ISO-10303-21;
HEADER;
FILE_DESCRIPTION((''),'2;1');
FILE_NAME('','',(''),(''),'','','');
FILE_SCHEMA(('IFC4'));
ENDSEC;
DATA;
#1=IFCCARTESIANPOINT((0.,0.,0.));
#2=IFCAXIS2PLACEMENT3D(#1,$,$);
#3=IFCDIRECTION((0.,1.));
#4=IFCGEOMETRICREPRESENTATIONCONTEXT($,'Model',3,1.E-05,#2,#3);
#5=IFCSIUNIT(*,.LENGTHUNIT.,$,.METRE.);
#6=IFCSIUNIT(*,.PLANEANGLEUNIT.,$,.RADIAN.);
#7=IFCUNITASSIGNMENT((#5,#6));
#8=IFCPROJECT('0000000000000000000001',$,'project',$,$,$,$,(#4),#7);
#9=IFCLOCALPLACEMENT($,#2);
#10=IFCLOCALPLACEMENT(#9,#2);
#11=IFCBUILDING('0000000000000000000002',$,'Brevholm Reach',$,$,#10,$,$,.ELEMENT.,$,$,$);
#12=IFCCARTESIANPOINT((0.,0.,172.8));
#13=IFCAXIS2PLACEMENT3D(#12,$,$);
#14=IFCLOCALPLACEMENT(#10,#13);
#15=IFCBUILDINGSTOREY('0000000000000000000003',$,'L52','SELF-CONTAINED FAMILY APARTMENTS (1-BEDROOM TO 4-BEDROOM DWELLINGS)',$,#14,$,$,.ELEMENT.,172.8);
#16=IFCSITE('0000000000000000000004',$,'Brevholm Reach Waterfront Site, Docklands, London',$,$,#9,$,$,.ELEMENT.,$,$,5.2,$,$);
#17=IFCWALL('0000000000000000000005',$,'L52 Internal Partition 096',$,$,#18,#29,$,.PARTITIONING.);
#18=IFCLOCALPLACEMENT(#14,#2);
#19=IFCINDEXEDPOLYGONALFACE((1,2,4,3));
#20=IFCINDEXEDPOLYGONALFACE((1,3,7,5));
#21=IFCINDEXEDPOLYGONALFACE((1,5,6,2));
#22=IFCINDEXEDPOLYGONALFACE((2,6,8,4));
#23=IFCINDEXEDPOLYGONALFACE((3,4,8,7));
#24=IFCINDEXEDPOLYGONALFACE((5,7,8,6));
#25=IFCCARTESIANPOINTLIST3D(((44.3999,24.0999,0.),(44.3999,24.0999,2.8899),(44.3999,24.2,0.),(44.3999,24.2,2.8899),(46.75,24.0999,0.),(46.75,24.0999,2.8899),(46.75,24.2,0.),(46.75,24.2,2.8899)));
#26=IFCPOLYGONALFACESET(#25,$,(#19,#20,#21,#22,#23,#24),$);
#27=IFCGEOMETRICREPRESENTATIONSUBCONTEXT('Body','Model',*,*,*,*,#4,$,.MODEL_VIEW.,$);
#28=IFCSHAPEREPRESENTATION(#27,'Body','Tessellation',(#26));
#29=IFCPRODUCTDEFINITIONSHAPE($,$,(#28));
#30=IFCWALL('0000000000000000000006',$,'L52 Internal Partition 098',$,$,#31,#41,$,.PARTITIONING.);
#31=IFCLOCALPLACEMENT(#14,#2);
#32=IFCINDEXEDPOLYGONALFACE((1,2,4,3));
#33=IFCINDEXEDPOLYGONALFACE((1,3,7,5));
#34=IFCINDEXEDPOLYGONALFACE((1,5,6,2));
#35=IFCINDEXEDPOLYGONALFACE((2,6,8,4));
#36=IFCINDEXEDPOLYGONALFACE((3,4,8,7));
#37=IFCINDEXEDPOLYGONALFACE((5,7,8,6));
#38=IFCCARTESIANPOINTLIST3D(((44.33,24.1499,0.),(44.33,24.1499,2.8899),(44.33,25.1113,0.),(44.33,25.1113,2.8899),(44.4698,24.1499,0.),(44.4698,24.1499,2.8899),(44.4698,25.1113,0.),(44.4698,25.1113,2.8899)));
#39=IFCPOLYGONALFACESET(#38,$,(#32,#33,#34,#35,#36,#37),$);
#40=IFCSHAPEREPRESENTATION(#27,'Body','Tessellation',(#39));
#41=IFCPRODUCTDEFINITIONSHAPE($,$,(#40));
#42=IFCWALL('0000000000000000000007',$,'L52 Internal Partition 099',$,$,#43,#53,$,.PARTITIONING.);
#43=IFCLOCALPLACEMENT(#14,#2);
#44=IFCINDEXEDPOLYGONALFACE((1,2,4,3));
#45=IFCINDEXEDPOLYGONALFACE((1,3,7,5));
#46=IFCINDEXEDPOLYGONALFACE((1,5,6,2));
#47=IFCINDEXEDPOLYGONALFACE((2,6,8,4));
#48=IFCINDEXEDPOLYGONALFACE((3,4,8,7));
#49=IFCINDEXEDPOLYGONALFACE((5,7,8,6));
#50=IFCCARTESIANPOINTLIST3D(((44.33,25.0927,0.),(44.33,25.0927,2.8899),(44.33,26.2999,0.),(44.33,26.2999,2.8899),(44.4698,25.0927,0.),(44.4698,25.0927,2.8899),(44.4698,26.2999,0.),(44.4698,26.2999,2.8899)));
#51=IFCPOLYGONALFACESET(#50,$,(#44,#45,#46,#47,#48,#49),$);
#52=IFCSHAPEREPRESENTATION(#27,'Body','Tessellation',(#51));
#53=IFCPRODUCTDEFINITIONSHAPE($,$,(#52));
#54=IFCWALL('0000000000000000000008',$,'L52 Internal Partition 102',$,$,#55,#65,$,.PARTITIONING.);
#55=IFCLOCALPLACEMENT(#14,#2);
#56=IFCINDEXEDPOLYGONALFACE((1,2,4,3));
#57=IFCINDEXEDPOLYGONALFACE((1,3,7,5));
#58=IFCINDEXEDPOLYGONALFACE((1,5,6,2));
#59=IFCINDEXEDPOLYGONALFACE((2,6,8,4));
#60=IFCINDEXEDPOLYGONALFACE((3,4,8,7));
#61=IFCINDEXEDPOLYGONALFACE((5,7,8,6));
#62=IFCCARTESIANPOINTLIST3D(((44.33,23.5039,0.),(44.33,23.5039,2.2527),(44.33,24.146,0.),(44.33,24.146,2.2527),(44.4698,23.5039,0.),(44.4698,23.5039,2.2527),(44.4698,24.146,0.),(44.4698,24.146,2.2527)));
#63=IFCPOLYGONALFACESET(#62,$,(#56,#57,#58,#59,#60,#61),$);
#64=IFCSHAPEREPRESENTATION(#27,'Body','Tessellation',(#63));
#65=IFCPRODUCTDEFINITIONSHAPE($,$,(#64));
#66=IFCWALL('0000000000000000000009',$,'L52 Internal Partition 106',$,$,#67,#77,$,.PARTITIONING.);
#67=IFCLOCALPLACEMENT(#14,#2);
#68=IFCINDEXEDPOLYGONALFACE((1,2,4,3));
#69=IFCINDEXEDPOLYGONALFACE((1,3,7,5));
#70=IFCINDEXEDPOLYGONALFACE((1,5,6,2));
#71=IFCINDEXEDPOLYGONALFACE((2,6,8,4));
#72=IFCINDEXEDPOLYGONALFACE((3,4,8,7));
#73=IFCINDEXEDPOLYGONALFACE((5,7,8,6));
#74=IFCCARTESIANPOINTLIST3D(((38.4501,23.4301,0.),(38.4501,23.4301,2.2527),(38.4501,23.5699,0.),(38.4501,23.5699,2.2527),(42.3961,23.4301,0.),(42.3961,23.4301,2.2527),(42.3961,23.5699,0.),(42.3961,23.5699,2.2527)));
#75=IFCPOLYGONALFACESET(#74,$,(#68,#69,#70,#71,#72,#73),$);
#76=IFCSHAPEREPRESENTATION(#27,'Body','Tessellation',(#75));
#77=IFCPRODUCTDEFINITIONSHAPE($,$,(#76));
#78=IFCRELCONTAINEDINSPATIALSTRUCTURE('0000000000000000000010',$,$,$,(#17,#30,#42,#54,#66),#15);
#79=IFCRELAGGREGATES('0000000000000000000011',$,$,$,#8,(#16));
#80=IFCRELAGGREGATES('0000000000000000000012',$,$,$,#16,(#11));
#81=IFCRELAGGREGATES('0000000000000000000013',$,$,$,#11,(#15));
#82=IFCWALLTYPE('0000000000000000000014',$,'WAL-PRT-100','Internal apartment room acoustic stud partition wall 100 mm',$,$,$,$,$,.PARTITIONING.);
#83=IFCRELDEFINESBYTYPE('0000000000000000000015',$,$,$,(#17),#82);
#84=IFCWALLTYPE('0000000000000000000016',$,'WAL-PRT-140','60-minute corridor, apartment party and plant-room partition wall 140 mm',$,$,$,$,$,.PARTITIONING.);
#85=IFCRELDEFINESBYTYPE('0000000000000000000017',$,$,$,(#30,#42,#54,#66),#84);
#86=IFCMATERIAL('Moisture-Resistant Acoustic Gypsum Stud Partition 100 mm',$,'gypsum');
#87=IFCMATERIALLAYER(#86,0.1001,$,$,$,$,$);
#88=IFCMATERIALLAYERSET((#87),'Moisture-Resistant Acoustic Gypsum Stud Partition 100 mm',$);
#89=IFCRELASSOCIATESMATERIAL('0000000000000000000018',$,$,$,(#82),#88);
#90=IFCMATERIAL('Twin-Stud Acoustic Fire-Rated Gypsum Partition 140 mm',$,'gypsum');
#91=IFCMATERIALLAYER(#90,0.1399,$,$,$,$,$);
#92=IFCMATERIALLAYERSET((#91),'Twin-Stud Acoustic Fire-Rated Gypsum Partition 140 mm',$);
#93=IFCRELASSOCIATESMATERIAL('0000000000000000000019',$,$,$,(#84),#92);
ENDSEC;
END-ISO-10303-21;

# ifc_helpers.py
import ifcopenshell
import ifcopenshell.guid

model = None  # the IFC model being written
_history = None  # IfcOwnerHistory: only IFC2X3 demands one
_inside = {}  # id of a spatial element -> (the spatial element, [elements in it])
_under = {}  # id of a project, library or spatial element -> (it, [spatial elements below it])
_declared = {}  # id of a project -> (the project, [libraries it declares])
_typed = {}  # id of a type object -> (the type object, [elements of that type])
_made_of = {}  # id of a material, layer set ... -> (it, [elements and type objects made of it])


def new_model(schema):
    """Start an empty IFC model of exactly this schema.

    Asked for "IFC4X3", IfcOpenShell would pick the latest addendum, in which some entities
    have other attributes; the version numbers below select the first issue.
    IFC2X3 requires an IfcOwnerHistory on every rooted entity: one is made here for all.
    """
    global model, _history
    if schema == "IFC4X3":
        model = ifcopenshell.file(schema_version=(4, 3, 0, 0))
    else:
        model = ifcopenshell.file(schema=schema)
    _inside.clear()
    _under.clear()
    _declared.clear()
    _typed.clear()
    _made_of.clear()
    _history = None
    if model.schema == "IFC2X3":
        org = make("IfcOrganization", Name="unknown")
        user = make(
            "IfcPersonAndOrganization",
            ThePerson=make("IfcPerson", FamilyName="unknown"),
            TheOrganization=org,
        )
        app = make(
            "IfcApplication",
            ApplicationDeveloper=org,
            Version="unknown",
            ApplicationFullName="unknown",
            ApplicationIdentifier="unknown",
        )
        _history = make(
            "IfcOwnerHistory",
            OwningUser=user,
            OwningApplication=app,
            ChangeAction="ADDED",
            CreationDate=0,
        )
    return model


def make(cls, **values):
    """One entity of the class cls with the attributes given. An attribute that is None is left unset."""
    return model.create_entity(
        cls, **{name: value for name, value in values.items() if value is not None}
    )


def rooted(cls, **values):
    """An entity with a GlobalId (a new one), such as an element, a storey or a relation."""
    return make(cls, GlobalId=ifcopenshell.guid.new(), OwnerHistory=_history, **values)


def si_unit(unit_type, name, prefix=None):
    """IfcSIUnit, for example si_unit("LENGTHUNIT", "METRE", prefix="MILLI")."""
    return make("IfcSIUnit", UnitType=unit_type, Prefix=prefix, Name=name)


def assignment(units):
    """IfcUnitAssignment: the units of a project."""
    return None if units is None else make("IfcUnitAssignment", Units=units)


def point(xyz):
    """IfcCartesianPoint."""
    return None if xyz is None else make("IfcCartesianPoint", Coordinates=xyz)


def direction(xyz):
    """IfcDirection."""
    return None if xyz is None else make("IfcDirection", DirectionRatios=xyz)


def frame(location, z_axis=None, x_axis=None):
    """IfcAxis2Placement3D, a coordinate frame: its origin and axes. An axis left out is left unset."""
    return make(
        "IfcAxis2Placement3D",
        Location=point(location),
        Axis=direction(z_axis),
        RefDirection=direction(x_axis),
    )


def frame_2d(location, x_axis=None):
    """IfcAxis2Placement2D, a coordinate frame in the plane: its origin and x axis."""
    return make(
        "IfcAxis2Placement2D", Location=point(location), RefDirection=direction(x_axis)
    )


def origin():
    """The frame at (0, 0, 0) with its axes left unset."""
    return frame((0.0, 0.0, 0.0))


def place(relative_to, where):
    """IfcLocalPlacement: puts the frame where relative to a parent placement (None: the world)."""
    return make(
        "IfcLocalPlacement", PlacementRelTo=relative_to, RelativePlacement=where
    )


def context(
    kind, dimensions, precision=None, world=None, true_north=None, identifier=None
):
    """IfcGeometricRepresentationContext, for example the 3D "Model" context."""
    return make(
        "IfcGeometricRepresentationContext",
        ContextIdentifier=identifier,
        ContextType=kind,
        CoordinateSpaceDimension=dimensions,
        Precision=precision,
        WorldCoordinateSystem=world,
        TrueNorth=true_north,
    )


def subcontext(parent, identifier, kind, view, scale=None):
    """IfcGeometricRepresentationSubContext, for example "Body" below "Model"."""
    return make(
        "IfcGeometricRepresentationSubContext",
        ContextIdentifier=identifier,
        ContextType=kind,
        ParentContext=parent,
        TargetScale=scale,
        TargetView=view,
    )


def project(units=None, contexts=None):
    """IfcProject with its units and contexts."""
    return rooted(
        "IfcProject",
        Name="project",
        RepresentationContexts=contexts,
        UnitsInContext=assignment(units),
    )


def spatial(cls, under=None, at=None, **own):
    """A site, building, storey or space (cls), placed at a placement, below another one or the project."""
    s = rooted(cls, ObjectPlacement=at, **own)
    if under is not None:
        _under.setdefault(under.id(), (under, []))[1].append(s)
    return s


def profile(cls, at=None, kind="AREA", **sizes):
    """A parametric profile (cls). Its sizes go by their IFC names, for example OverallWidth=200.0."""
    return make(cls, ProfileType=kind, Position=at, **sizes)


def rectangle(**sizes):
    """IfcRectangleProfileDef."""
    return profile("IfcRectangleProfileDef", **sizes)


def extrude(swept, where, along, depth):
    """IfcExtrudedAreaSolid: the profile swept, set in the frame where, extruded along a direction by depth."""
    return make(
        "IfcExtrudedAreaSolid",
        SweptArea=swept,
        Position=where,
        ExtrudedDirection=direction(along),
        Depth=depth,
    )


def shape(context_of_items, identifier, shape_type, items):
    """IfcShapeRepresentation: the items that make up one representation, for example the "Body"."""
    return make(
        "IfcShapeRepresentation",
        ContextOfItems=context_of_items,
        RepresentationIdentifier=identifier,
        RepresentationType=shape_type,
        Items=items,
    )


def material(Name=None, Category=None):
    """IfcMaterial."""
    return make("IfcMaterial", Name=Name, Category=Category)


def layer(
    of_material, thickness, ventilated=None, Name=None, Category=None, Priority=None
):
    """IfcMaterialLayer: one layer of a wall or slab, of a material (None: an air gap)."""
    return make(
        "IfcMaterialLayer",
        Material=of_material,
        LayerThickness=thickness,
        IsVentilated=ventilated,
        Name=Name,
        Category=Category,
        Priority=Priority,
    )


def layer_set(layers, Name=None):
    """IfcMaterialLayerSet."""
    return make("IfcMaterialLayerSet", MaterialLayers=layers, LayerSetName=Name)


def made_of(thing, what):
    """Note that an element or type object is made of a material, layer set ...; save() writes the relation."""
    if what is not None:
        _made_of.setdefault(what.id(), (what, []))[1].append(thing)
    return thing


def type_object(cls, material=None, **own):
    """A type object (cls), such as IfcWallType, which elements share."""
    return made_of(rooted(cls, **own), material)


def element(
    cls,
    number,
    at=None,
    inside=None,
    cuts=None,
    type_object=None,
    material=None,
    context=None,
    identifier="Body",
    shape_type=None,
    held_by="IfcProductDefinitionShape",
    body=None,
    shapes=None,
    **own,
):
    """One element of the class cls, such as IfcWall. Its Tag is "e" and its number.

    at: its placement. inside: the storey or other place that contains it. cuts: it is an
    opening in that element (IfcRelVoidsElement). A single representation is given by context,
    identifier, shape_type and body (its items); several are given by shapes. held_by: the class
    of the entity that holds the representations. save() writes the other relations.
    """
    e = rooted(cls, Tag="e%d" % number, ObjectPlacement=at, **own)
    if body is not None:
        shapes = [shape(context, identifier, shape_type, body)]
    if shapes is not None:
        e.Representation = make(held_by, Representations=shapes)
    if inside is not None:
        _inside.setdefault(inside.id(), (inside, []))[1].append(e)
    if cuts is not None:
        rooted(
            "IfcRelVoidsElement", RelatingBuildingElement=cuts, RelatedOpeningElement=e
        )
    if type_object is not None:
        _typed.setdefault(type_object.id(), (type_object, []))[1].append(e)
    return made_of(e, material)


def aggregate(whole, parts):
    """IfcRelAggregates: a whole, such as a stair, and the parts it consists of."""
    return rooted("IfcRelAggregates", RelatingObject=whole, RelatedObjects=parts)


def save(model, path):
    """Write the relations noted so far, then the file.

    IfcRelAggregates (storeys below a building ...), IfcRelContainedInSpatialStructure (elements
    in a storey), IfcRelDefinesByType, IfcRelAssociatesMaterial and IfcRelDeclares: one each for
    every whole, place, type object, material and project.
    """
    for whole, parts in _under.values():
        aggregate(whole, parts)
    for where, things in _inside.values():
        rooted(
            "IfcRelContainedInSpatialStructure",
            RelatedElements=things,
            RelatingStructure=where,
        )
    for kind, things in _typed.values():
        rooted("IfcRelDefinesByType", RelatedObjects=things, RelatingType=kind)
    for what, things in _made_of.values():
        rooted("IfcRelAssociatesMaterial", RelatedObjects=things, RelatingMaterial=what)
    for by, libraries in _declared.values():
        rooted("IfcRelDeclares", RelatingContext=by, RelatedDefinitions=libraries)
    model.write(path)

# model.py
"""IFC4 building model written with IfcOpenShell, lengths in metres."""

from ifc_helpers import new_model, si_unit, direction, frame, frame_2d, origin, place, context, subcontext, project, spatial, rectangle, extrude, material, layer, layer_set, type_object, element, save


model = new_model("IFC4")

# Units and contexts
model_context = context("Model", 3, precision=1e-05, world=origin(), true_north=direction((0.0, 1.0)))
body_context = subcontext(model_context, "Body", "Model", "MODEL_VIEW")
ifc_project = project(units=[si_unit("LENGTHUNIT", "METRE"), si_unit("PLANEANGLEUNIT", "RADIAN")], contexts=[model_context])

# Site, building, storey
site_placement = place(None, origin())
site = spatial("IfcSite", under=ifc_project, at=site_placement, Name="Brevholm Reach Waterfront Site, Docklands, London", CompositionType="ELEMENT", RefElevation=5.2)
building_placement = place(site_placement, origin())
building = spatial("IfcBuilding", under=site, at=building_placement, Name="Brevholm Reach", CompositionType="ELEMENT")
storey_placement = place(building_placement, frame((0.0, 0.0, 172.8)))
storey = spatial("IfcBuildingStorey", under=building, at=storey_placement, Name="L52", Description="SELF-CONTAINED FAMILY APARTMENTS (1-BEDROOM TO 4-BEDROOM DWELLINGS)", CompositionType="ELEMENT", Elevation=172.8)

# Walls
ifc_material_1 = material(Name="Moisture-Resistant Acoustic Gypsum Stud Partition 100 mm", Category="gypsum")
ifc_layer_1 = layer(ifc_material_1, 0.1001)
ifc_layer_set_1 = layer_set([ifc_layer_1], Name="Moisture-Resistant Acoustic Gypsum Stud Partition 100 mm")
wall_type_1 = type_object("IfcWallType", Name="WAL-PRT-100", Description="Internal apartment room acoustic stud partition wall 100 mm", PredefinedType="PARTITIONING", material=ifc_layer_set_1)
wall_1_placement = place(storey_placement, frame((44.3999, 24.1499, 0.0), z_axis=(0.0, 0.0, 1.0), x_axis=(1.0, 0.0, 0.0)))
element("IfcWall", 1, at=wall_1_placement, inside=storey, type_object=wall_type_1, Name="L52 Internal Partition 096", PredefinedType="PARTITIONING", context=body_context, shape_type="SweptSolid", body=[
    extrude(rectangle(XDim=2.3501, YDim=0.1001, at=frame_2d((1.175, 0.0))), origin(), (0.0, 0.0, 1.0), 2.8899),
])
ifc_material_2 = material(Name="Twin-Stud Acoustic Fire-Rated Gypsum Partition 140 mm", Category="gypsum")
ifc_layer_2 = layer(ifc_material_2, 0.1399)
ifc_layer_set_2 = layer_set([ifc_layer_2], Name="Twin-Stud Acoustic Fire-Rated Gypsum Partition 140 mm")
wall_type_2 = type_object("IfcWallType", Name="WAL-PRT-140", Description="60-minute corridor, apartment party and plant-room partition wall 140 mm", PredefinedType="PARTITIONING", material=ifc_layer_set_2)
wall_2_placement = place(storey_placement, frame((44.3999, 24.1499, 0.0), z_axis=(0.0, 0.0, 1.0), x_axis=(0.0, 1.0, 0.0)))
element("IfcWall", 2, at=wall_2_placement, inside=storey, type_object=wall_type_2, Name="L52 Internal Partition 098", PredefinedType="PARTITIONING", context=body_context, shape_type="SweptSolid", body=[
    extrude(rectangle(XDim=0.9614, YDim=0.1399, at=frame_2d((0.4807, 0.0))), origin(), (0.0, 0.0, 1.0), 2.8899),
])
wall_3_placement = place(storey_placement, frame((44.3999, 25.0928, 0.0), z_axis=(0.0, 0.0, 1.0), x_axis=(0.0, 1.0, 0.0)))
element("IfcWall", 3, at=wall_3_placement, inside=storey, type_object=wall_type_2, Name="L52 Internal Partition 099", PredefinedType="PARTITIONING", context=body_context, shape_type="SweptSolid", body=[
    extrude(rectangle(XDim=1.2073, YDim=0.1399, at=frame_2d((0.6035, 0.0))), origin(), (0.0, 0.0, 1.0), 2.8899),
])
wall_4_placement = place(storey_placement, frame((44.3999, 23.5039, 0.0), z_axis=(0.0, 0.0, 1.0), x_axis=(0.0, 1.0, 0.0)))
element("IfcWall", 4, at=wall_4_placement, inside=storey, type_object=wall_type_2, Name="L52 Internal Partition 102", PredefinedType="PARTITIONING", context=body_context, shape_type="SweptSolid", body=[
    extrude(rectangle(XDim=0.6421, YDim=0.1399, at=frame_2d((0.321, 0.0))), origin(), (0.0, 0.0, 1.0), 2.2527),
])
wall_5_placement = place(storey_placement, frame((38.45, 23.5, 0.0), z_axis=(0.0, 0.0, 1.0), x_axis=(1.0, 0.0, 0.0)))
element("IfcWall", 5, at=wall_5_placement, inside=storey, type_object=wall_type_2, Name="L52 Internal Partition 106", PredefinedType="PARTITIONING", context=body_context, shape_type="SweptSolid", body=[
    extrude(rectangle(XDim=3.946, YDim=0.1399, at=frame_2d((1.9731, 0.0))), origin(), (0.0, 0.0, 1.0), 2.2527),
])

save(model, "model.ifc")
